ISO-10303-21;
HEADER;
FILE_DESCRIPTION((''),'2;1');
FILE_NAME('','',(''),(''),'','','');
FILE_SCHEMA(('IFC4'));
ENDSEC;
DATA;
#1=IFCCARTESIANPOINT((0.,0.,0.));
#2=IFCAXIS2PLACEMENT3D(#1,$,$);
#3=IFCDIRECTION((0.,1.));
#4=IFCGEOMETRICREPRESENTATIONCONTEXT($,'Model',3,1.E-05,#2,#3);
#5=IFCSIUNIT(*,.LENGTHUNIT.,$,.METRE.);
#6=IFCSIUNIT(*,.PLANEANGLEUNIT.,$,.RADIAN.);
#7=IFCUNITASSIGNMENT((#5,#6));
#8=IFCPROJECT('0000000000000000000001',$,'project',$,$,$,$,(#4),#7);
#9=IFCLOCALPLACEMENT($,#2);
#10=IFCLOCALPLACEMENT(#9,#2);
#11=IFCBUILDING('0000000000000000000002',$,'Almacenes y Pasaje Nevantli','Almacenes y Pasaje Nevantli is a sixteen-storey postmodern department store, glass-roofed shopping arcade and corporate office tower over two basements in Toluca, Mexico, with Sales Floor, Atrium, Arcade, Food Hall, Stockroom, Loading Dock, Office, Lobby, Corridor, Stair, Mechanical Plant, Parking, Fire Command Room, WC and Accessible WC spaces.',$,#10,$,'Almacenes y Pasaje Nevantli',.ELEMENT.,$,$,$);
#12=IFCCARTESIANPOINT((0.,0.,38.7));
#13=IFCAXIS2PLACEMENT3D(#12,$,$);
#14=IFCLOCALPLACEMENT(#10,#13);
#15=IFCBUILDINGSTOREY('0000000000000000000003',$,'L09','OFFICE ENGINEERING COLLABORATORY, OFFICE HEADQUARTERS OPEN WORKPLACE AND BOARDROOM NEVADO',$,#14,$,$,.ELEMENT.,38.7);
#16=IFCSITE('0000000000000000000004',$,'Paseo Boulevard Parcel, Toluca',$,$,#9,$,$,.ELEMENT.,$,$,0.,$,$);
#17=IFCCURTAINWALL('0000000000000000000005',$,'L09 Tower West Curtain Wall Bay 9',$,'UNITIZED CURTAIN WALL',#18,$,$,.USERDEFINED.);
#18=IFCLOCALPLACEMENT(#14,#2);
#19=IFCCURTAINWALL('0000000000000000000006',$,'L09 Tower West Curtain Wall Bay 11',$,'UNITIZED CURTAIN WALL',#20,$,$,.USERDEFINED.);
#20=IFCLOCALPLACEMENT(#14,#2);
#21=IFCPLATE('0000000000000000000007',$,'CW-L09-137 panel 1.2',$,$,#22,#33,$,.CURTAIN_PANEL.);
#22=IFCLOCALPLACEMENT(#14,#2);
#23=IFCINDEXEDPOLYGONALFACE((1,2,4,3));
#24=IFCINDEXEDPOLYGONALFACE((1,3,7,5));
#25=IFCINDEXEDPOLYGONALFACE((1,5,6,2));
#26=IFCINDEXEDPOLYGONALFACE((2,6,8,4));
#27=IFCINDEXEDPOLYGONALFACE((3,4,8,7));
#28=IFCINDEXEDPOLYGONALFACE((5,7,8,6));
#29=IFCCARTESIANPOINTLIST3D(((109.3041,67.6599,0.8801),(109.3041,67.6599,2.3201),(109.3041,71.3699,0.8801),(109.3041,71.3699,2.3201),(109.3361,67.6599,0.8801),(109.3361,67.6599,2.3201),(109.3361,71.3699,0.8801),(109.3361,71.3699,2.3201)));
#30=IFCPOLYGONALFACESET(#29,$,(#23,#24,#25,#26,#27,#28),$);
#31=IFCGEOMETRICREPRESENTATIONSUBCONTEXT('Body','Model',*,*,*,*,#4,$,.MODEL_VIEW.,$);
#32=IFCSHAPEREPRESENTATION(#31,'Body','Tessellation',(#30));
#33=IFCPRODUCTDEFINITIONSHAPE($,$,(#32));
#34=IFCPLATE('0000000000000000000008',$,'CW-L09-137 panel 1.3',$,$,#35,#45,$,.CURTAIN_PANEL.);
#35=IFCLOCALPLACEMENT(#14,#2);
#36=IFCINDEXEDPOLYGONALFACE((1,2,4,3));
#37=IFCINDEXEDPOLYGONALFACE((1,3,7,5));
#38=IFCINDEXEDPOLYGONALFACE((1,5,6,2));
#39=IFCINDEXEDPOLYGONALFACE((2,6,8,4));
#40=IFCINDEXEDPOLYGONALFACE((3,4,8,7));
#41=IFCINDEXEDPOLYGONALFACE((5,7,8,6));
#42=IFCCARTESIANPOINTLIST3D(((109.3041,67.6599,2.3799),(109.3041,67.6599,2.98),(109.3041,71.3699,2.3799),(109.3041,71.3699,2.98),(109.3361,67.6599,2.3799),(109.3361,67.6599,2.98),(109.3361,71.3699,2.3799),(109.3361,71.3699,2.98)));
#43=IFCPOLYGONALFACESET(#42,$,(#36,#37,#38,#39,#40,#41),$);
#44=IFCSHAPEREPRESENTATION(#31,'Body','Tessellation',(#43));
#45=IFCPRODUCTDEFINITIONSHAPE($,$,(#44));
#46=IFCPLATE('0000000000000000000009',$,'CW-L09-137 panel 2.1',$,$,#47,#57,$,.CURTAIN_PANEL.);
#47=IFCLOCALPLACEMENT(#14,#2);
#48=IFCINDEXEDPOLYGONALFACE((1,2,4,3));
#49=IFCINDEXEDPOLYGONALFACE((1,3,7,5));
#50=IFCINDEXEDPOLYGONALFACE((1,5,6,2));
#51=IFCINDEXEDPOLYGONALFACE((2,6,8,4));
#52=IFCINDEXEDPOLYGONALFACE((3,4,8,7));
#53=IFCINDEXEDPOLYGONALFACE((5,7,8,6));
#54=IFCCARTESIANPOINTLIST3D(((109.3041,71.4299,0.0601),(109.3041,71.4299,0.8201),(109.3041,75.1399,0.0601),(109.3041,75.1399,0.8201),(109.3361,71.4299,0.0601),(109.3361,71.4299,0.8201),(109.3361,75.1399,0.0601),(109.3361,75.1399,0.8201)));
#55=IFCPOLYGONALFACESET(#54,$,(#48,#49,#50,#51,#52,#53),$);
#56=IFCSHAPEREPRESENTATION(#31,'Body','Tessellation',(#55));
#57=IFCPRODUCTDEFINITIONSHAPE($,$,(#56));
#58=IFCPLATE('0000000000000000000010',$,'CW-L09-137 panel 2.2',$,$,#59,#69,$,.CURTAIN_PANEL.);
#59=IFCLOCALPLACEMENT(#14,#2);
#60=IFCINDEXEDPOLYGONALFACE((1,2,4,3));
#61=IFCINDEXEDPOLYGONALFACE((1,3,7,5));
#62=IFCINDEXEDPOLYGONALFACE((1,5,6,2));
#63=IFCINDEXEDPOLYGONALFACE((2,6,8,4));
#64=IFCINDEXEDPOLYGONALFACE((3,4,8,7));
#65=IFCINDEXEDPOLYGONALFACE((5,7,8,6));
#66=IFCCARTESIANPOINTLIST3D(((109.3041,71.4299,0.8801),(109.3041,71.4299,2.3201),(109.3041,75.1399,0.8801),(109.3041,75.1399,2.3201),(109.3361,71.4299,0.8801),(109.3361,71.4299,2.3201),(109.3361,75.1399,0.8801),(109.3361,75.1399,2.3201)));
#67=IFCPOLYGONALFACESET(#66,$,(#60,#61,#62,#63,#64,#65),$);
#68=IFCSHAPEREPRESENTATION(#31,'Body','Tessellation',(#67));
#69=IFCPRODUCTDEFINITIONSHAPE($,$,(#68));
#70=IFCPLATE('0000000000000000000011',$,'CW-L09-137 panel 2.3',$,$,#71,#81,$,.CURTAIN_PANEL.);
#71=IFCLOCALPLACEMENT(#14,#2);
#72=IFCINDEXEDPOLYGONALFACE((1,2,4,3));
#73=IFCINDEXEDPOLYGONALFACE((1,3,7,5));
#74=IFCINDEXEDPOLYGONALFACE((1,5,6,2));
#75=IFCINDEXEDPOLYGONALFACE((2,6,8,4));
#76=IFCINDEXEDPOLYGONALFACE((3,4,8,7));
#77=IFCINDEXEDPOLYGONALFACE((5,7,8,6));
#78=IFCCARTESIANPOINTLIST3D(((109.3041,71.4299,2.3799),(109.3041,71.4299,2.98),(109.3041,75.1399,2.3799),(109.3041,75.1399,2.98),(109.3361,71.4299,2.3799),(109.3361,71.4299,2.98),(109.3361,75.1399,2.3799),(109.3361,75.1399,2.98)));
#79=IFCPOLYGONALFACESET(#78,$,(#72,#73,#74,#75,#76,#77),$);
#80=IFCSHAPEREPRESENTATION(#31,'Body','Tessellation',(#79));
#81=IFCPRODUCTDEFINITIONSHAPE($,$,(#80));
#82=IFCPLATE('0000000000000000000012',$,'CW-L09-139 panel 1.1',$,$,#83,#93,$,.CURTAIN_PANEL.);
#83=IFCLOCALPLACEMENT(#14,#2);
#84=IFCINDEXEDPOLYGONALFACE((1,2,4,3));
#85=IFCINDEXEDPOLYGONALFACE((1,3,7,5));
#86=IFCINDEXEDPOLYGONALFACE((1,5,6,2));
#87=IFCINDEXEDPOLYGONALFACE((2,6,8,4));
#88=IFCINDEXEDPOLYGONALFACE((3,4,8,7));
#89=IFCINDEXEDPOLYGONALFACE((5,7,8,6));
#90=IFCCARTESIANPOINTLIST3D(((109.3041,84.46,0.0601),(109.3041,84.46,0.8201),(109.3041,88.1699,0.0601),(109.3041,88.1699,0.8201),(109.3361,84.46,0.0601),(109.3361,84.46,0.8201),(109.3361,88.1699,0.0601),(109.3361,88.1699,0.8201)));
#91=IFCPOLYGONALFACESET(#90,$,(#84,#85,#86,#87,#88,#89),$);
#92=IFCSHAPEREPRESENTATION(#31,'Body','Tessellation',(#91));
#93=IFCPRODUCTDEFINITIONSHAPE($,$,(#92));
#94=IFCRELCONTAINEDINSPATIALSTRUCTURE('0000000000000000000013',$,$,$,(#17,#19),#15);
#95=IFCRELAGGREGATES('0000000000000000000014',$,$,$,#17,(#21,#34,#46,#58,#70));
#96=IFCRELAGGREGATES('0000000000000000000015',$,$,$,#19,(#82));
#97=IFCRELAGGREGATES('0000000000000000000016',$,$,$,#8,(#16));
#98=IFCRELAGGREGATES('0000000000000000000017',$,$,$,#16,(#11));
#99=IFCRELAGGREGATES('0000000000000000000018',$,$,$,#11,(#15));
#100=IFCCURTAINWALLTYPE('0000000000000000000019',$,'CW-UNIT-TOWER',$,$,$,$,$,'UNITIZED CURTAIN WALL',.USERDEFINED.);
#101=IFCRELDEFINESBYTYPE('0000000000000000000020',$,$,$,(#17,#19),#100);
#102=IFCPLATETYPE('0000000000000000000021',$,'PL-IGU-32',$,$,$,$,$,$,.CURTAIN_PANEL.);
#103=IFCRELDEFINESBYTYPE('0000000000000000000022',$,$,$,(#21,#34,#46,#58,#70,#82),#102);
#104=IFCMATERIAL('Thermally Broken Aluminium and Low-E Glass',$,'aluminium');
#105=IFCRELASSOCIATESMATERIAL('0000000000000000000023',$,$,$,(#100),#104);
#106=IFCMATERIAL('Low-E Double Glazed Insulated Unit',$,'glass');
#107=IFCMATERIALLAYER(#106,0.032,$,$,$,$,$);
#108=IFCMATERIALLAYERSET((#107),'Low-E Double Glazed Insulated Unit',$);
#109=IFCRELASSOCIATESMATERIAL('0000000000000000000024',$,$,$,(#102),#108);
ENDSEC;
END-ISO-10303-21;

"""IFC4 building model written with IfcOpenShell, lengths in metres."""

from ifc_helpers import new_model, si_unit, direction, frame, origin, origin_2d, place, context, subcontext, project, spatial, rectangle, extrude, material, layer, layer_set, type_object, element, aggregate, save


model = new_model("IFC4")

# Units and contexts
model_context = context("Model", 3, precision=1e-05, world=origin(), true_north=direction((0.0, 1.0)))
body_context = subcontext(model_context, "Body", "Model", "MODEL_VIEW")
ifc_project = project(units=[si_unit("LENGTHUNIT", "METRE"), si_unit("PLANEANGLEUNIT", "RADIAN")], contexts=[model_context])

# Site, building, storey
site_placement = place(None, origin())
site = spatial("IfcSite", under=ifc_project, at=site_placement, Name="Paseo Boulevard Parcel, Toluca", CompositionType="ELEMENT", RefElevation=0.0)
building_placement = place(site_placement, origin())
building = spatial("IfcBuilding", under=site, at=building_placement, Name="Almacenes y Pasaje Nevantli", Description="Almacenes y Pasaje Nevantli is a sixteen-storey postmodern department store, glass-roofed shopping arcade and corporate office tower over two basements in Toluca, Mexico, with Sales Floor, Atrium, Arcade, Food Hall, Stockroom, Loading Dock, Office, Lobby, Corridor, Stair, Mechanical Plant, Parking, Fire Command Room, WC and Accessible WC spaces.", LongName="Almacenes y Pasaje Nevantli", CompositionType="ELEMENT")
storey_placement = place(building_placement, frame((0.0, 0.0, 38.7)))
storey = spatial("IfcBuildingStorey", under=building, at=storey_placement, Name="L09", Description="OFFICE ENGINEERING COLLABORATORY, OFFICE HEADQUARTERS OPEN WORKPLACE AND BOARDROOM NEVADO", CompositionType="ELEMENT", Elevation=38.7)

# Curtain walls
ifc_material_1 = material(Name="Thermally Broken Aluminium and Low-E Glass", Category="aluminium")
curtain_wall_type = type_object("IfcCurtainWallType", Name="CW-UNIT-TOWER", ElementType="UNITIZED CURTAIN WALL", PredefinedType="USERDEFINED", material=ifc_material_1)
curtain_wall_1_placement = place(storey_placement, origin())
curtain_wall_1 = element("IfcCurtainWall", 1, at=curtain_wall_1_placement, inside=storey, type_object=curtain_wall_type, Name="L09 Tower West Curtain Wall Bay 9", ObjectType="UNITIZED CURTAIN WALL", PredefinedType="USERDEFINED")
curtain_wall_2_placement = place(storey_placement, origin())
curtain_wall_2 = element("IfcCurtainWall", 2, at=curtain_wall_2_placement, inside=storey, type_object=curtain_wall_type, Name="L09 Tower West Curtain Wall Bay 11", ObjectType="UNITIZED CURTAIN WALL", PredefinedType="USERDEFINED")

# Plates
ifc_material_2 = material(Name="Low-E Double Glazed Insulated Unit", Category="glass")
ifc_layer = layer(ifc_material_2, 0.032)
ifc_layer_set = layer_set([ifc_layer], Name="Low-E Double Glazed Insulated Unit")
plate_type = type_object("IfcPlateType", Name="PL-IGU-32", PredefinedType="CURTAIN_PANEL", material=ifc_layer_set)
plate_1_placement = place(storey_placement, frame((109.3201, 69.5149, 0.8801), z_axis=(0.0, 0.0, 1.0), x_axis=(0.0, 1.0, 0.0)))
plate_1 = element("IfcPlate", 3, at=plate_1_placement, type_object=plate_type, Name="CW-L09-137 panel 1.2", PredefinedType="CURTAIN_PANEL", context=body_context, shape_type="SweptSolid", body=[
    extrude(rectangle(XDim=3.71, YDim=0.032, at=origin_2d()), origin(), (0.0, 0.0, 1.0), 1.4399),
])
plate_2_placement = place(storey_placement, frame((109.3201, 69.5149, 2.3799), z_axis=(0.0, 0.0, 1.0), x_axis=(0.0, 1.0, 0.0)))
plate_2 = element("IfcPlate", 4, at=plate_2_placement, type_object=plate_type, Name="CW-L09-137 panel 1.3", PredefinedType="CURTAIN_PANEL", context=body_context, shape_type="SweptSolid", body=[
    extrude(rectangle(XDim=3.71, YDim=0.032, at=origin_2d()), origin(), (0.0, 0.0, 1.0), 0.6001),
])
plate_3_placement = place(storey_placement, frame((109.3201, 73.2849, 0.0601), z_axis=(0.0, 0.0, 1.0), x_axis=(0.0, 1.0, 0.0)))
plate_3 = element("IfcPlate", 5, at=plate_3_placement, type_object=plate_type, Name="CW-L09-137 panel 2.1", PredefinedType="CURTAIN_PANEL", context=body_context, shape_type="SweptSolid", body=[
    extrude(rectangle(XDim=3.71, YDim=0.032, at=origin_2d()), origin(), (0.0, 0.0, 1.0), 0.76),
])
plate_4_placement = place(storey_placement, frame((109.3201, 73.2849, 0.8801), z_axis=(0.0, 0.0, 1.0), x_axis=(0.0, 1.0, 0.0)))
plate_4 = element("IfcPlate", 6, at=plate_4_placement, type_object=plate_type, Name="CW-L09-137 panel 2.2", PredefinedType="CURTAIN_PANEL", context=body_context, shape_type="SweptSolid", body=[
    extrude(rectangle(XDim=3.71, YDim=0.032, at=origin_2d()), origin(), (0.0, 0.0, 1.0), 1.4399),
])
plate_5_placement = place(storey_placement, frame((109.3201, 73.2849, 2.3799), z_axis=(0.0, 0.0, 1.0), x_axis=(0.0, 1.0, 0.0)))
plate_5 = element("IfcPlate", 7, at=plate_5_placement, type_object=plate_type, Name="CW-L09-137 panel 2.3", PredefinedType="CURTAIN_PANEL", context=body_context, shape_type="SweptSolid", body=[
    extrude(rectangle(XDim=3.71, YDim=0.032, at=origin_2d()), origin(), (0.0, 0.0, 1.0), 0.6001),
])
aggregate(curtain_wall_1, [plate_1, plate_2, plate_3, plate_4, plate_5])
plate_6_placement = place(storey_placement, frame((109.3201, 86.3149, 0.0601), z_axis=(0.0, 0.0, 1.0), x_axis=(0.0, 1.0, 0.0)))
plate_6 = element("IfcPlate", 8, at=plate_6_placement, type_object=plate_type, Name="CW-L09-139 panel 1.1", PredefinedType="CURTAIN_PANEL", context=body_context, shape_type="SweptSolid", body=[
    extrude(rectangle(XDim=3.71, YDim=0.032, at=origin_2d()), origin(), (0.0, 0.0, 1.0), 0.76),
])
aggregate(curtain_wall_2, [plate_6])

save(model, "model.ifc")
